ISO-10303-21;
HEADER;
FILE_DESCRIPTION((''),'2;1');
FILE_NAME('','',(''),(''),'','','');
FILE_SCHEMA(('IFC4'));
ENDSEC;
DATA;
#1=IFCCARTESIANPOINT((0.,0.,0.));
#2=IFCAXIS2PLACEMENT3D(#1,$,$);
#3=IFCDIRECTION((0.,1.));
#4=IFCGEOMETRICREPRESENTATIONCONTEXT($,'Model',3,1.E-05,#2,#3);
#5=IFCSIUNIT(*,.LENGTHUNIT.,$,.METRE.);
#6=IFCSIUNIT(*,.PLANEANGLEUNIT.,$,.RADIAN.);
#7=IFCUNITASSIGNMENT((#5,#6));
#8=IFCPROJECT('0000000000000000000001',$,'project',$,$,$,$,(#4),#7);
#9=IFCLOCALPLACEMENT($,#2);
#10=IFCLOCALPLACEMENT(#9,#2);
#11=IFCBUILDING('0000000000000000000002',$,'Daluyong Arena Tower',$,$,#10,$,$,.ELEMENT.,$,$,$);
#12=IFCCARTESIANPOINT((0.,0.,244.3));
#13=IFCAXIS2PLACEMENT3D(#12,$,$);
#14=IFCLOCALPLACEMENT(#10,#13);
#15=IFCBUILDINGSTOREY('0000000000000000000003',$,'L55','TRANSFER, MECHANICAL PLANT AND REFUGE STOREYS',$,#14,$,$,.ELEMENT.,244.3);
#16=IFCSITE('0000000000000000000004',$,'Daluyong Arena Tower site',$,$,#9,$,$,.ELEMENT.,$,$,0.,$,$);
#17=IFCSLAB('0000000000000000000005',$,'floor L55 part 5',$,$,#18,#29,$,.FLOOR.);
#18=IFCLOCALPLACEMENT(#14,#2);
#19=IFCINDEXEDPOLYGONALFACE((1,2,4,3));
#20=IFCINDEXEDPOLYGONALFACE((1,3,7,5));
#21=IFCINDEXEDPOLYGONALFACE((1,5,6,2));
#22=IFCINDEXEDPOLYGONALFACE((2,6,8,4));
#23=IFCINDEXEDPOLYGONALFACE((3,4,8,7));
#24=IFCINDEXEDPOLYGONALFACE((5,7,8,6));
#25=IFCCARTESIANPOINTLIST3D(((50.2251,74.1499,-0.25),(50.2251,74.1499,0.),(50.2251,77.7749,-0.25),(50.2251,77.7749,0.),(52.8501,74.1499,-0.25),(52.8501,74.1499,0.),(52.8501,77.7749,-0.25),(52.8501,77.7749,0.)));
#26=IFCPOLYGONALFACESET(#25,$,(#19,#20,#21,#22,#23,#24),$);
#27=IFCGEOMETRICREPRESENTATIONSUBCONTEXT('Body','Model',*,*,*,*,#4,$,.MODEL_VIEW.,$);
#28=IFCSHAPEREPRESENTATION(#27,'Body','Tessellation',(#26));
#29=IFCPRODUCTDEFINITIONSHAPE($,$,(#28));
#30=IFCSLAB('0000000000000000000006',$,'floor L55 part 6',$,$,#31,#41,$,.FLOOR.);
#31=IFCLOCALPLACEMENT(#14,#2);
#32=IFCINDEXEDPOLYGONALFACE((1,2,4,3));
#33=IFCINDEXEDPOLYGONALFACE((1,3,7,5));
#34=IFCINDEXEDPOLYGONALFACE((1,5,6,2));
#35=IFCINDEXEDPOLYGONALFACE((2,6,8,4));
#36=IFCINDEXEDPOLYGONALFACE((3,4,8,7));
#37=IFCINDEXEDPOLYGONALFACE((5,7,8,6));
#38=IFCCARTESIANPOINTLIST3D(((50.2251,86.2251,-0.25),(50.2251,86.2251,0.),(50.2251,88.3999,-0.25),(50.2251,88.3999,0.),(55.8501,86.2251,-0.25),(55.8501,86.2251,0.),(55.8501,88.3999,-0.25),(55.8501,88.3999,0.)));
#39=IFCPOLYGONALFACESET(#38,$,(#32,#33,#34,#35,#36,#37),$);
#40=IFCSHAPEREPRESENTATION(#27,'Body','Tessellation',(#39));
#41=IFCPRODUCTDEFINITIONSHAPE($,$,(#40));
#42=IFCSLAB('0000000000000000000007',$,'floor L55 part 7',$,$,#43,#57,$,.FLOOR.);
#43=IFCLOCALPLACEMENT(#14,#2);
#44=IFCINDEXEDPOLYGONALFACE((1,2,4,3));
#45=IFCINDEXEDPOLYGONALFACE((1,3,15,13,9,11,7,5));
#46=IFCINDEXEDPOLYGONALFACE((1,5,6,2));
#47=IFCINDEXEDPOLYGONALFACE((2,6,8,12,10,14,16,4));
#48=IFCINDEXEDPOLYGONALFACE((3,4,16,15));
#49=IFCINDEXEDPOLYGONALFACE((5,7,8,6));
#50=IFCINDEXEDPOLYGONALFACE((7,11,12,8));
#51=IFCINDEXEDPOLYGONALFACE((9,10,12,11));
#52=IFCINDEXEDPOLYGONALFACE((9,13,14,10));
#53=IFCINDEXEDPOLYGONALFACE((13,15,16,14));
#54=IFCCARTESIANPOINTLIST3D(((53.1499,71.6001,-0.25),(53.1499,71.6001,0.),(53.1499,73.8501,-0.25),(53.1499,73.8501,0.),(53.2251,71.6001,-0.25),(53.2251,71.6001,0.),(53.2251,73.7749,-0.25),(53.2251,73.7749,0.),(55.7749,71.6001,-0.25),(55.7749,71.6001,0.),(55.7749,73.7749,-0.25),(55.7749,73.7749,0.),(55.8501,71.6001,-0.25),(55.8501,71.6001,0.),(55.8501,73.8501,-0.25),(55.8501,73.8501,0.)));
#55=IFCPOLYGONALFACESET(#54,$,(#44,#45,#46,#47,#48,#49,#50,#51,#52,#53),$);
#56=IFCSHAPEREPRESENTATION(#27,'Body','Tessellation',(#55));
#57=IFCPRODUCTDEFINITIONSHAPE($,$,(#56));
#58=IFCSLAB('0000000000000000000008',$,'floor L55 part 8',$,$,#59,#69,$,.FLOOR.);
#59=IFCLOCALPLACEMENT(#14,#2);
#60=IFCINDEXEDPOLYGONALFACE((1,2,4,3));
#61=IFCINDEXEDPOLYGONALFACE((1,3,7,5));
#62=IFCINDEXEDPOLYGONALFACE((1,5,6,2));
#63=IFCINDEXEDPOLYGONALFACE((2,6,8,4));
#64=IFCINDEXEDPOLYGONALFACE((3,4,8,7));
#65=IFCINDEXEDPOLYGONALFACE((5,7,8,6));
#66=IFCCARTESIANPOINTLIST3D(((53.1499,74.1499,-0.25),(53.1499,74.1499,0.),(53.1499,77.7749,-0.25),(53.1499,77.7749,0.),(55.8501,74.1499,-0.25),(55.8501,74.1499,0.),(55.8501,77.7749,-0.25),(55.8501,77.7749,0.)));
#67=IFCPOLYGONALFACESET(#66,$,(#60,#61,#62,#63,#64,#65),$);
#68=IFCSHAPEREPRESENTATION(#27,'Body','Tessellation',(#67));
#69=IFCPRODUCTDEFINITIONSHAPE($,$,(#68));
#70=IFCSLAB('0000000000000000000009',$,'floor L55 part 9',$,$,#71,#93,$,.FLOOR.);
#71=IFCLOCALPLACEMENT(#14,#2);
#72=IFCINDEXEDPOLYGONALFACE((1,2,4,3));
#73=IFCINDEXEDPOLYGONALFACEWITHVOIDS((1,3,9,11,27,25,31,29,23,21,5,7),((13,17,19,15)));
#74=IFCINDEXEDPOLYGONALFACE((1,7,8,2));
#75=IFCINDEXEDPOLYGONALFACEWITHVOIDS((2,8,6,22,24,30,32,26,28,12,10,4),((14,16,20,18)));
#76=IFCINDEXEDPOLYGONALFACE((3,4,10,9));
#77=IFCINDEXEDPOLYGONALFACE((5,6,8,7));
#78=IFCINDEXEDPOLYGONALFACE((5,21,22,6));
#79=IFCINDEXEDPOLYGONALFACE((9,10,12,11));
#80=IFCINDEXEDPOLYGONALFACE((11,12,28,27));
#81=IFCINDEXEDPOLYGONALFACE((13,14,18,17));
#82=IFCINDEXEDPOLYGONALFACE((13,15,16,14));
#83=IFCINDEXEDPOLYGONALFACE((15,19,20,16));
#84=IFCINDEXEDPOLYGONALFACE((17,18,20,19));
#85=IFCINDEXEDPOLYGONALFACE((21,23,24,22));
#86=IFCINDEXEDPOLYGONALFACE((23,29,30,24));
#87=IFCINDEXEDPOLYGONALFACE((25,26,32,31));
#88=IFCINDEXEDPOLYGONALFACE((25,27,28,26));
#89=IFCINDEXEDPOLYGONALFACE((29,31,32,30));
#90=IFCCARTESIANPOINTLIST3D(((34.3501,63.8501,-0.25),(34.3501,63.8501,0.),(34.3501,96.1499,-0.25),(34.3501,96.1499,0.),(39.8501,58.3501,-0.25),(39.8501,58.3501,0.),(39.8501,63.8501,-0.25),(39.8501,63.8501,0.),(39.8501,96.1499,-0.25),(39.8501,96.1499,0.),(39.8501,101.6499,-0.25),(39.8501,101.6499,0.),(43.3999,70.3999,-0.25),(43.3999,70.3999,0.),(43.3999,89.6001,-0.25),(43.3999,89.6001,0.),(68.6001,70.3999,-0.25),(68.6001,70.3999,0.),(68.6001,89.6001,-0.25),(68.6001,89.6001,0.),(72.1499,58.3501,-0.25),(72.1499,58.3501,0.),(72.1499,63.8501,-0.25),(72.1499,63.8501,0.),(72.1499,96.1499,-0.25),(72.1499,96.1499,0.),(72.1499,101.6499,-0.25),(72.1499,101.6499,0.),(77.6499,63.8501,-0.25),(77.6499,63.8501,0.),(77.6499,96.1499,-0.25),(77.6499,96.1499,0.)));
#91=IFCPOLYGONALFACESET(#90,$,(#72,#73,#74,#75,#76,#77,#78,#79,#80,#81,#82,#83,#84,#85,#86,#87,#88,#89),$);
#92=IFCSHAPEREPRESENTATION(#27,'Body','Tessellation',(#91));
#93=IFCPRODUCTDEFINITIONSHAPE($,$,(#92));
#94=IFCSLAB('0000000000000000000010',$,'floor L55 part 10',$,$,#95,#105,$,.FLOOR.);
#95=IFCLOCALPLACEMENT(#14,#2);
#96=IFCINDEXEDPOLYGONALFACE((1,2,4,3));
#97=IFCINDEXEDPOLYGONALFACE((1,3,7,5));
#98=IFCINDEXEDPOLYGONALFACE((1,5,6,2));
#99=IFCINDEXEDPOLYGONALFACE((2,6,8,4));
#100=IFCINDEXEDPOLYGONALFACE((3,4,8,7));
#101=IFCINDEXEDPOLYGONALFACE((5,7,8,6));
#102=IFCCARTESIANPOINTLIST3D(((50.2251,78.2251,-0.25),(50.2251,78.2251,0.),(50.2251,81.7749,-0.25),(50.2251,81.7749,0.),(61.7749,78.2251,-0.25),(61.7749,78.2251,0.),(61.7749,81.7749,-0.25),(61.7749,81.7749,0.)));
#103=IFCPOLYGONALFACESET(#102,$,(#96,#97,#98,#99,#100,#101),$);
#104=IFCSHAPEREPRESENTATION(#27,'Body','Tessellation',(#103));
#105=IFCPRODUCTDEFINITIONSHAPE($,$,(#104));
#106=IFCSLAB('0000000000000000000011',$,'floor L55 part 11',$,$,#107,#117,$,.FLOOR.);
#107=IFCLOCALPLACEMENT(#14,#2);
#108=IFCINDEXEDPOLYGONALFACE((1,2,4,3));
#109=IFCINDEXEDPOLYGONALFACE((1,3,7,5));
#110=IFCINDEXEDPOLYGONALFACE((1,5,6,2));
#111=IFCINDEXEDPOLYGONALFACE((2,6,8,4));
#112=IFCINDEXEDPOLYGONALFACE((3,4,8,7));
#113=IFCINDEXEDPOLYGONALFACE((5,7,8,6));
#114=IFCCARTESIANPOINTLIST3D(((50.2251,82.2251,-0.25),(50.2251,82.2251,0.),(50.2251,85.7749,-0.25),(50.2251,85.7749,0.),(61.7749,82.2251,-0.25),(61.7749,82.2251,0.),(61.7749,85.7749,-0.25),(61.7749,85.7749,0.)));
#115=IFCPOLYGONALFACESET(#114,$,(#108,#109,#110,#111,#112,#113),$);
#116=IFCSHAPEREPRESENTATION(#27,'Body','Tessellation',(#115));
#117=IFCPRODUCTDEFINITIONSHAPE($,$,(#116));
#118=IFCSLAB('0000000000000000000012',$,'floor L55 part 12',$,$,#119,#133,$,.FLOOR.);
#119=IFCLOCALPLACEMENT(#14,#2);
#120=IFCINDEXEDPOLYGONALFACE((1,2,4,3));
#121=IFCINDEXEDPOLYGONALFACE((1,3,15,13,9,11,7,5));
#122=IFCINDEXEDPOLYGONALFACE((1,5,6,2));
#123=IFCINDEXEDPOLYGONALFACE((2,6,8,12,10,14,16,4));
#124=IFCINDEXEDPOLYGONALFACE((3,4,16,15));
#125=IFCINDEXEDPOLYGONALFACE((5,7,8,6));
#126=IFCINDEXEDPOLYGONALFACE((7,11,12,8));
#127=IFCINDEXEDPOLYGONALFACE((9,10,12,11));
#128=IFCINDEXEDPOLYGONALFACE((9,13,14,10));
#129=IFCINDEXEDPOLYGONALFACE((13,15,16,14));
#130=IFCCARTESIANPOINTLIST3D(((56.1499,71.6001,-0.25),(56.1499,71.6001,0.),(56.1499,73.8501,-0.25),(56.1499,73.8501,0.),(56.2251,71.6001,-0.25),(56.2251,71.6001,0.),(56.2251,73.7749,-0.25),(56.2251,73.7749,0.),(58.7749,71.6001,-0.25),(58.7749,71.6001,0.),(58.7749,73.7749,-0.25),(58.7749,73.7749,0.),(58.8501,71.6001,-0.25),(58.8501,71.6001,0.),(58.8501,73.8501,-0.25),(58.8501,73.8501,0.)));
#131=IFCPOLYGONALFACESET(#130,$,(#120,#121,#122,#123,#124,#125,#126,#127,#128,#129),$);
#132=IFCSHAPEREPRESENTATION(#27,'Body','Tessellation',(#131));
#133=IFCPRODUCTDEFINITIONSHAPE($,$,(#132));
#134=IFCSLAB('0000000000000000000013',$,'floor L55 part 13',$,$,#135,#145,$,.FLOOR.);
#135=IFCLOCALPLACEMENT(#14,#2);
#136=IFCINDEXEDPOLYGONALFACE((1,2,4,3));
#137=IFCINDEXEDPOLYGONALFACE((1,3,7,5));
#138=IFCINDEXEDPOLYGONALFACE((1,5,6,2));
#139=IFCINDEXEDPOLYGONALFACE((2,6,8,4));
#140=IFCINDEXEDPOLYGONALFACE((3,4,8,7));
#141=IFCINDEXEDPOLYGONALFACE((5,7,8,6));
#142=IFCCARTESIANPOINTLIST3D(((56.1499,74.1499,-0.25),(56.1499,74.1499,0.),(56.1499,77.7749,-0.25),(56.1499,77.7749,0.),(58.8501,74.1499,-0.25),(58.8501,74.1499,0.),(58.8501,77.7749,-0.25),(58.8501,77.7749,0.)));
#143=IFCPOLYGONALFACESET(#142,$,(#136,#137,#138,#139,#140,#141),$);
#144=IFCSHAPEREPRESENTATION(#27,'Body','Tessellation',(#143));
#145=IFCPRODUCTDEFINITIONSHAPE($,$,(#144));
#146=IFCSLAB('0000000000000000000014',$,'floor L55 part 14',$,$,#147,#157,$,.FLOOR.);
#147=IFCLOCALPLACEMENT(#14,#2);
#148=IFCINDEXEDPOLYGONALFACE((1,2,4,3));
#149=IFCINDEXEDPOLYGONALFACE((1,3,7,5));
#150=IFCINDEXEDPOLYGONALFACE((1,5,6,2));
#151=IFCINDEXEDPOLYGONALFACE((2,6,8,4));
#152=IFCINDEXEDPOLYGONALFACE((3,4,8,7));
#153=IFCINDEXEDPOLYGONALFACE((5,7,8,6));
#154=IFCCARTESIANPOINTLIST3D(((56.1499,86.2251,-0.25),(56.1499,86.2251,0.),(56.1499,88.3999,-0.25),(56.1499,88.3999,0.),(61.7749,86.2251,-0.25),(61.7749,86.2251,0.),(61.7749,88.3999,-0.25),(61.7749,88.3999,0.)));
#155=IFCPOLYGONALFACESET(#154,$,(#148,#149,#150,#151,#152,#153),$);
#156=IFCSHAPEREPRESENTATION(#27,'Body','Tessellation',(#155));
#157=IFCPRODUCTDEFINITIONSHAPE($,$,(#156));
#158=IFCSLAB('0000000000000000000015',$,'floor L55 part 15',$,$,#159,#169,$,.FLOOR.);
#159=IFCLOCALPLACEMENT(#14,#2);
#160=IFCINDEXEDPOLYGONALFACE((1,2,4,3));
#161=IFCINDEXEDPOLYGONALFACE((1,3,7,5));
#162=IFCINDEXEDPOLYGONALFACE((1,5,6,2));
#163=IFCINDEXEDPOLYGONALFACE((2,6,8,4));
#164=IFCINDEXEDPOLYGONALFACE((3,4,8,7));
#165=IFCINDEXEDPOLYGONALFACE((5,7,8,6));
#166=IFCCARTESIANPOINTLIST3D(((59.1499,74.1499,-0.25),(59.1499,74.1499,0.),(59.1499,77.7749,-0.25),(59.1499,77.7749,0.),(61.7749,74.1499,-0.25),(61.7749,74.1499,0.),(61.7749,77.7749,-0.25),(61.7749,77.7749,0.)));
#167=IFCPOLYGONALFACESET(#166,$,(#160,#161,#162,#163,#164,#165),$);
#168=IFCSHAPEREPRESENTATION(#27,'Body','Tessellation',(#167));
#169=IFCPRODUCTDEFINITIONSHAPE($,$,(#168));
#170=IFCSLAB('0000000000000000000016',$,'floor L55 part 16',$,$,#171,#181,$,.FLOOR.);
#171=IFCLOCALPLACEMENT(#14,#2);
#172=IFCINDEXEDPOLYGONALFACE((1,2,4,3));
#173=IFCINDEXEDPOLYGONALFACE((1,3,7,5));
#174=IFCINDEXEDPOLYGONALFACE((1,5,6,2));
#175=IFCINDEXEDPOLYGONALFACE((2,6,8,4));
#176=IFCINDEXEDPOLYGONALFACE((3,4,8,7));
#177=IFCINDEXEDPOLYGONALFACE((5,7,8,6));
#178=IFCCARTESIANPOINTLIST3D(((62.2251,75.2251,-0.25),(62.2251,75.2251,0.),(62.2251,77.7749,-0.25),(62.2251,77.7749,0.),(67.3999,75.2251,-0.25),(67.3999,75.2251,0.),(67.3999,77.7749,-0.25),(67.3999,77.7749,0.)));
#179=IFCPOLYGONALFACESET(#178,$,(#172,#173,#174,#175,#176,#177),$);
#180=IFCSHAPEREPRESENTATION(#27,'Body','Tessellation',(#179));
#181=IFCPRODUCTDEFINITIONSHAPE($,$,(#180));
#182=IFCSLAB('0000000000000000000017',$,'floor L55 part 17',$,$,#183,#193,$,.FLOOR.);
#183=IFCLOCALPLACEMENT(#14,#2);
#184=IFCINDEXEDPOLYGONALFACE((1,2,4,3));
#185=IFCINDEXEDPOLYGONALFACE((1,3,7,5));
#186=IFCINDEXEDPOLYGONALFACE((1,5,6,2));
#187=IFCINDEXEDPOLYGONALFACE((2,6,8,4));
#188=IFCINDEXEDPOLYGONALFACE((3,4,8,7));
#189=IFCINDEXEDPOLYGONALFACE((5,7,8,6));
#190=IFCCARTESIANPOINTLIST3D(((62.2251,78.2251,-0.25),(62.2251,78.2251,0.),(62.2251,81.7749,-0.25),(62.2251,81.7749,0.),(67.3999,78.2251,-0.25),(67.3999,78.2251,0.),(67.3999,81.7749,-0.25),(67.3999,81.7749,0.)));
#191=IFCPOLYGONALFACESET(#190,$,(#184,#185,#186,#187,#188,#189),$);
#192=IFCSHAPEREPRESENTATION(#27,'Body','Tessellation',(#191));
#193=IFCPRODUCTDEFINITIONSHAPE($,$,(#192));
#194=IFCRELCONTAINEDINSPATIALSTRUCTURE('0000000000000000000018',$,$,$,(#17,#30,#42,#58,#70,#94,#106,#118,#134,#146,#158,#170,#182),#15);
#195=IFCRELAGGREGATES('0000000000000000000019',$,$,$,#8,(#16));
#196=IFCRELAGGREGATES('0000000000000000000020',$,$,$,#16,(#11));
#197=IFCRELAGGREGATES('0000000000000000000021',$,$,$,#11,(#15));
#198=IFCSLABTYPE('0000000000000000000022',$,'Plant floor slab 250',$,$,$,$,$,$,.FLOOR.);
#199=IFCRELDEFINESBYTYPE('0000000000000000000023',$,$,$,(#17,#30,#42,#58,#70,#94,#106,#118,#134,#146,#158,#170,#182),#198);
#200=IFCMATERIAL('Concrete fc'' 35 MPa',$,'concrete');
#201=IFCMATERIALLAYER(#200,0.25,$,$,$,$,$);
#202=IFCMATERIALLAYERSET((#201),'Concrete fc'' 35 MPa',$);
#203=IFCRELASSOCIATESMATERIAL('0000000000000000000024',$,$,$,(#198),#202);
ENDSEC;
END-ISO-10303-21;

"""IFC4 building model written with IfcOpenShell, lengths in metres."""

from ifc_helpers import new_model, si_unit, direction, frame, origin, place, context, subcontext, project, spatial, polyline, outline, extrude, material, layer, layer_set, type_object, element, save


model = new_model("IFC4")

# Units and contexts
model_context = context("Model", 3, precision=1e-05, world=origin(), true_north=direction((0.0, 1.0)))
body_context = subcontext(model_context, "Body", "Model", "MODEL_VIEW")
ifc_project = project(units=[si_unit("LENGTHUNIT", "METRE"), si_unit("PLANEANGLEUNIT", "RADIAN")], contexts=[model_context])

# Site, building, storey
site_placement = place(None, origin())
site = spatial("IfcSite", under=ifc_project, at=site_placement, Name="Daluyong Arena Tower site", CompositionType="ELEMENT", RefElevation=0.0)
building_placement = place(site_placement, origin())
building = spatial("IfcBuilding", under=site, at=building_placement, Name="Daluyong Arena Tower", CompositionType="ELEMENT")
storey_placement = place(building_placement, frame((0.0, 0.0, 244.3)))
storey = spatial("IfcBuildingStorey", under=building, at=storey_placement, Name="L55", Description="TRANSFER, MECHANICAL PLANT AND REFUGE STOREYS", CompositionType="ELEMENT", Elevation=244.3)

# Slabs
ifc_material_1 = material(Name="Concrete fc' 35 MPa", Category="concrete")
ifc_layer_1 = layer(ifc_material_1, 0.25)
ifc_layer_set_1 = layer_set([ifc_layer_1], Name="Concrete fc' 35 MPa")
slab_type_1 = type_object("IfcSlabType", Name="Plant floor slab 250", PredefinedType="FLOOR", material=ifc_layer_set_1)
slab_1_placement = place(storey_placement, frame((0.0, 0.0, -0.25)))
element("IfcSlab", 1, at=slab_1_placement, inside=storey, type_object=slab_type_1, Name="floor L55 part 5", PredefinedType="FLOOR", context=body_context, shape_type="SweptSolid", body=[
    extrude(outline(polyline([(52.8501, 74.1499), (52.8501, 77.7749), (50.2251, 77.7749), (50.2251, 74.1499), (52.8501, 74.1499)])), origin(), (0.0, 0.0, 1.0), 0.25),
])
slab_2_placement = place(storey_placement, frame((0.0, 0.0, -0.25)))
element("IfcSlab", 2, at=slab_2_placement, inside=storey, type_object=slab_type_1, Name="floor L55 part 6", PredefinedType="FLOOR", context=body_context, shape_type="SweptSolid", body=[
    extrude(outline(polyline([(50.2251, 88.3999), (50.2251, 86.2251), (55.8501, 86.2251), (55.8501, 88.3999), (50.2251, 88.3999)])), origin(), (0.0, 0.0, 1.0), 0.25),
])
slab_3_placement = place(storey_placement, frame((0.0, 0.0, -0.25)))
element("IfcSlab", 3, at=slab_3_placement, inside=storey, type_object=slab_type_1, Name="floor L55 part 7", PredefinedType="FLOOR", context=body_context, shape_type="SweptSolid", body=[
    extrude(outline(polyline([(53.2251, 71.6001), (53.2251, 73.7749), (55.7749, 73.7749), (55.7749, 71.6001), (55.8501, 71.6001), (55.8501, 73.8501), (53.1499, 73.8501), (53.1499, 71.6001), (53.2251, 71.6001)])), origin(), (0.0, 0.0, 1.0), 0.25),
])
slab_4_placement = place(storey_placement, frame((0.0, 0.0, -0.25)))
element("IfcSlab", 4, at=slab_4_placement, inside=storey, type_object=slab_type_1, Name="floor L55 part 8", PredefinedType="FLOOR", context=body_context, shape_type="SweptSolid", body=[
    extrude(outline(polyline([(53.1499, 74.1499), (55.8501, 74.1499), (55.8501, 77.7749), (53.1499, 77.7749), (53.1499, 74.1499)])), origin(), (0.0, 0.0, 1.0), 0.25),
])
slab_5_placement = place(storey_placement, frame((0.0, 0.0, -0.25)))
element("IfcSlab", 5, at=slab_5_placement, inside=storey, type_object=slab_type_1, Name="floor L55 part 9", PredefinedType="FLOOR", context=body_context, shape_type="SweptSolid", body=[
    extrude(outline(polyline([(39.8501, 63.8501), (39.8501, 58.3501), (72.1499, 58.3501), (72.1499, 63.8501), (77.6499, 63.8501), (77.6499, 96.1499), (72.1499, 96.1499), (72.1499, 101.6499), (39.8501, 101.6499), (39.8501, 96.1499), (34.3501, 96.1499), (34.3501, 63.8501), (39.8501, 63.8501)]), holes=[polyline([(68.6001, 89.6001), (68.6001, 70.3999), (43.3999, 70.3999), (43.3999, 89.6001), (68.6001, 89.6001)])]), origin(), (0.0, 0.0, 1.0), 0.25),
])
slab_6_placement = place(storey_placement, frame((0.0, 0.0, -0.25)))
element("IfcSlab", 6, at=slab_6_placement, inside=storey, type_object=slab_type_1, Name="floor L55 part 10", PredefinedType="FLOOR", context=body_context, shape_type="SweptSolid", body=[
    extrude(outline(polyline([(50.2251, 81.7749), (50.2251, 78.2251), (61.7749, 78.2251), (61.7749, 81.7749), (50.2251, 81.7749)])), origin(), (0.0, 0.0, 1.0), 0.25),
])
slab_7_placement = place(storey_placement, frame((0.0, 0.0, -0.25)))
element("IfcSlab", 7, at=slab_7_placement, inside=storey, type_object=slab_type_1, Name="floor L55 part 11", PredefinedType="FLOOR", context=body_context, shape_type="SweptSolid", body=[
    extrude(outline(polyline([(50.2251, 85.7749), (50.2251, 82.2251), (61.7749, 82.2251), (61.7749, 85.7749), (50.2251, 85.7749)])), origin(), (0.0, 0.0, 1.0), 0.25),
])
slab_8_placement = place(storey_placement, frame((0.0, 0.0, -0.25)))
element("IfcSlab", 8, at=slab_8_placement, inside=storey, type_object=slab_type_1, Name="floor L55 part 12", PredefinedType="FLOOR", context=body_context, shape_type="SweptSolid", body=[
    extrude(outline(polyline([(56.2251, 71.6001), (56.2251, 73.7749), (58.7749, 73.7749), (58.7749, 71.6001), (58.8501, 71.6001), (58.8501, 73.8501), (56.1499, 73.8501), (56.1499, 71.6001), (56.2251, 71.6001)])), origin(), (0.0, 0.0, 1.0), 0.25),
])
slab_9_placement = place(storey_placement, frame((0.0, 0.0, -0.25)))
element("IfcSlab", 9, at=slab_9_placement, inside=storey, type_object=slab_type_1, Name="floor L55 part 13", PredefinedType="FLOOR", context=body_context, shape_type="SweptSolid", body=[
    extrude(outline(polyline([(58.8501, 77.7749), (56.1499, 77.7749), (56.1499, 74.1499), (58.8501, 74.1499), (58.8501, 77.7749)])), origin(), (0.0, 0.0, 1.0), 0.25),
])
slab_10_placement = place(storey_placement, frame((0.0, 0.0, -0.25)))
element("IfcSlab", 10, at=slab_10_placement, inside=storey, type_object=slab_type_1, Name="floor L55 part 14", PredefinedType="FLOOR", context=body_context, shape_type="SweptSolid", body=[
    extrude(outline(polyline([(56.1499, 88.3999), (56.1499, 86.2251), (61.7749, 86.2251), (61.7749, 88.3999), (56.1499, 88.3999)])), origin(), (0.0, 0.0, 1.0), 0.25),
])
slab_11_placement = place(storey_placement, frame((0.0, 0.0, -0.25)))
element("IfcSlab", 11, at=slab_11_placement, inside=storey, type_object=slab_type_1, Name="floor L55 part 15", PredefinedType="FLOOR", context=body_context, shape_type="SweptSolid", body=[
    extrude(outline(polyline([(61.7749, 77.7749), (59.1499, 77.7749), (59.1499, 74.1499), (61.7749, 74.1499), (61.7749, 77.7749)])), origin(), (0.0, 0.0, 1.0), 0.25),
])
slab_12_placement = place(storey_placement, frame((0.0, 0.0, -0.25)))
element("IfcSlab", 12, at=slab_12_placement, inside=storey, type_object=slab_type_1, Name="floor L55 part 16", PredefinedType="FLOOR", context=body_context, shape_type="SweptSolid", body=[
    extrude(outline(polyline([(67.3999, 75.2251), (67.3999, 77.7749), (62.2251, 77.7749), (62.2251, 75.2251), (67.3999, 75.2251)])), origin(), (0.0, 0.0, 1.0), 0.25),
])
slab_13_placement = place(storey_placement, frame((0.0, 0.0, -0.25)))
element("IfcSlab", 13, at=slab_13_placement, inside=storey, type_object=slab_type_1, Name="floor L55 part 17", PredefinedType="FLOOR", context=body_context, shape_type="SweptSolid", body=[
    extrude(outline(polyline([(67.3999, 78.2251), (67.3999, 81.7749), (62.2251, 81.7749), (62.2251, 78.2251), (67.3999, 78.2251)])), origin(), (0.0, 0.0, 1.0), 0.25),
])

save(model, "model.ifc")
